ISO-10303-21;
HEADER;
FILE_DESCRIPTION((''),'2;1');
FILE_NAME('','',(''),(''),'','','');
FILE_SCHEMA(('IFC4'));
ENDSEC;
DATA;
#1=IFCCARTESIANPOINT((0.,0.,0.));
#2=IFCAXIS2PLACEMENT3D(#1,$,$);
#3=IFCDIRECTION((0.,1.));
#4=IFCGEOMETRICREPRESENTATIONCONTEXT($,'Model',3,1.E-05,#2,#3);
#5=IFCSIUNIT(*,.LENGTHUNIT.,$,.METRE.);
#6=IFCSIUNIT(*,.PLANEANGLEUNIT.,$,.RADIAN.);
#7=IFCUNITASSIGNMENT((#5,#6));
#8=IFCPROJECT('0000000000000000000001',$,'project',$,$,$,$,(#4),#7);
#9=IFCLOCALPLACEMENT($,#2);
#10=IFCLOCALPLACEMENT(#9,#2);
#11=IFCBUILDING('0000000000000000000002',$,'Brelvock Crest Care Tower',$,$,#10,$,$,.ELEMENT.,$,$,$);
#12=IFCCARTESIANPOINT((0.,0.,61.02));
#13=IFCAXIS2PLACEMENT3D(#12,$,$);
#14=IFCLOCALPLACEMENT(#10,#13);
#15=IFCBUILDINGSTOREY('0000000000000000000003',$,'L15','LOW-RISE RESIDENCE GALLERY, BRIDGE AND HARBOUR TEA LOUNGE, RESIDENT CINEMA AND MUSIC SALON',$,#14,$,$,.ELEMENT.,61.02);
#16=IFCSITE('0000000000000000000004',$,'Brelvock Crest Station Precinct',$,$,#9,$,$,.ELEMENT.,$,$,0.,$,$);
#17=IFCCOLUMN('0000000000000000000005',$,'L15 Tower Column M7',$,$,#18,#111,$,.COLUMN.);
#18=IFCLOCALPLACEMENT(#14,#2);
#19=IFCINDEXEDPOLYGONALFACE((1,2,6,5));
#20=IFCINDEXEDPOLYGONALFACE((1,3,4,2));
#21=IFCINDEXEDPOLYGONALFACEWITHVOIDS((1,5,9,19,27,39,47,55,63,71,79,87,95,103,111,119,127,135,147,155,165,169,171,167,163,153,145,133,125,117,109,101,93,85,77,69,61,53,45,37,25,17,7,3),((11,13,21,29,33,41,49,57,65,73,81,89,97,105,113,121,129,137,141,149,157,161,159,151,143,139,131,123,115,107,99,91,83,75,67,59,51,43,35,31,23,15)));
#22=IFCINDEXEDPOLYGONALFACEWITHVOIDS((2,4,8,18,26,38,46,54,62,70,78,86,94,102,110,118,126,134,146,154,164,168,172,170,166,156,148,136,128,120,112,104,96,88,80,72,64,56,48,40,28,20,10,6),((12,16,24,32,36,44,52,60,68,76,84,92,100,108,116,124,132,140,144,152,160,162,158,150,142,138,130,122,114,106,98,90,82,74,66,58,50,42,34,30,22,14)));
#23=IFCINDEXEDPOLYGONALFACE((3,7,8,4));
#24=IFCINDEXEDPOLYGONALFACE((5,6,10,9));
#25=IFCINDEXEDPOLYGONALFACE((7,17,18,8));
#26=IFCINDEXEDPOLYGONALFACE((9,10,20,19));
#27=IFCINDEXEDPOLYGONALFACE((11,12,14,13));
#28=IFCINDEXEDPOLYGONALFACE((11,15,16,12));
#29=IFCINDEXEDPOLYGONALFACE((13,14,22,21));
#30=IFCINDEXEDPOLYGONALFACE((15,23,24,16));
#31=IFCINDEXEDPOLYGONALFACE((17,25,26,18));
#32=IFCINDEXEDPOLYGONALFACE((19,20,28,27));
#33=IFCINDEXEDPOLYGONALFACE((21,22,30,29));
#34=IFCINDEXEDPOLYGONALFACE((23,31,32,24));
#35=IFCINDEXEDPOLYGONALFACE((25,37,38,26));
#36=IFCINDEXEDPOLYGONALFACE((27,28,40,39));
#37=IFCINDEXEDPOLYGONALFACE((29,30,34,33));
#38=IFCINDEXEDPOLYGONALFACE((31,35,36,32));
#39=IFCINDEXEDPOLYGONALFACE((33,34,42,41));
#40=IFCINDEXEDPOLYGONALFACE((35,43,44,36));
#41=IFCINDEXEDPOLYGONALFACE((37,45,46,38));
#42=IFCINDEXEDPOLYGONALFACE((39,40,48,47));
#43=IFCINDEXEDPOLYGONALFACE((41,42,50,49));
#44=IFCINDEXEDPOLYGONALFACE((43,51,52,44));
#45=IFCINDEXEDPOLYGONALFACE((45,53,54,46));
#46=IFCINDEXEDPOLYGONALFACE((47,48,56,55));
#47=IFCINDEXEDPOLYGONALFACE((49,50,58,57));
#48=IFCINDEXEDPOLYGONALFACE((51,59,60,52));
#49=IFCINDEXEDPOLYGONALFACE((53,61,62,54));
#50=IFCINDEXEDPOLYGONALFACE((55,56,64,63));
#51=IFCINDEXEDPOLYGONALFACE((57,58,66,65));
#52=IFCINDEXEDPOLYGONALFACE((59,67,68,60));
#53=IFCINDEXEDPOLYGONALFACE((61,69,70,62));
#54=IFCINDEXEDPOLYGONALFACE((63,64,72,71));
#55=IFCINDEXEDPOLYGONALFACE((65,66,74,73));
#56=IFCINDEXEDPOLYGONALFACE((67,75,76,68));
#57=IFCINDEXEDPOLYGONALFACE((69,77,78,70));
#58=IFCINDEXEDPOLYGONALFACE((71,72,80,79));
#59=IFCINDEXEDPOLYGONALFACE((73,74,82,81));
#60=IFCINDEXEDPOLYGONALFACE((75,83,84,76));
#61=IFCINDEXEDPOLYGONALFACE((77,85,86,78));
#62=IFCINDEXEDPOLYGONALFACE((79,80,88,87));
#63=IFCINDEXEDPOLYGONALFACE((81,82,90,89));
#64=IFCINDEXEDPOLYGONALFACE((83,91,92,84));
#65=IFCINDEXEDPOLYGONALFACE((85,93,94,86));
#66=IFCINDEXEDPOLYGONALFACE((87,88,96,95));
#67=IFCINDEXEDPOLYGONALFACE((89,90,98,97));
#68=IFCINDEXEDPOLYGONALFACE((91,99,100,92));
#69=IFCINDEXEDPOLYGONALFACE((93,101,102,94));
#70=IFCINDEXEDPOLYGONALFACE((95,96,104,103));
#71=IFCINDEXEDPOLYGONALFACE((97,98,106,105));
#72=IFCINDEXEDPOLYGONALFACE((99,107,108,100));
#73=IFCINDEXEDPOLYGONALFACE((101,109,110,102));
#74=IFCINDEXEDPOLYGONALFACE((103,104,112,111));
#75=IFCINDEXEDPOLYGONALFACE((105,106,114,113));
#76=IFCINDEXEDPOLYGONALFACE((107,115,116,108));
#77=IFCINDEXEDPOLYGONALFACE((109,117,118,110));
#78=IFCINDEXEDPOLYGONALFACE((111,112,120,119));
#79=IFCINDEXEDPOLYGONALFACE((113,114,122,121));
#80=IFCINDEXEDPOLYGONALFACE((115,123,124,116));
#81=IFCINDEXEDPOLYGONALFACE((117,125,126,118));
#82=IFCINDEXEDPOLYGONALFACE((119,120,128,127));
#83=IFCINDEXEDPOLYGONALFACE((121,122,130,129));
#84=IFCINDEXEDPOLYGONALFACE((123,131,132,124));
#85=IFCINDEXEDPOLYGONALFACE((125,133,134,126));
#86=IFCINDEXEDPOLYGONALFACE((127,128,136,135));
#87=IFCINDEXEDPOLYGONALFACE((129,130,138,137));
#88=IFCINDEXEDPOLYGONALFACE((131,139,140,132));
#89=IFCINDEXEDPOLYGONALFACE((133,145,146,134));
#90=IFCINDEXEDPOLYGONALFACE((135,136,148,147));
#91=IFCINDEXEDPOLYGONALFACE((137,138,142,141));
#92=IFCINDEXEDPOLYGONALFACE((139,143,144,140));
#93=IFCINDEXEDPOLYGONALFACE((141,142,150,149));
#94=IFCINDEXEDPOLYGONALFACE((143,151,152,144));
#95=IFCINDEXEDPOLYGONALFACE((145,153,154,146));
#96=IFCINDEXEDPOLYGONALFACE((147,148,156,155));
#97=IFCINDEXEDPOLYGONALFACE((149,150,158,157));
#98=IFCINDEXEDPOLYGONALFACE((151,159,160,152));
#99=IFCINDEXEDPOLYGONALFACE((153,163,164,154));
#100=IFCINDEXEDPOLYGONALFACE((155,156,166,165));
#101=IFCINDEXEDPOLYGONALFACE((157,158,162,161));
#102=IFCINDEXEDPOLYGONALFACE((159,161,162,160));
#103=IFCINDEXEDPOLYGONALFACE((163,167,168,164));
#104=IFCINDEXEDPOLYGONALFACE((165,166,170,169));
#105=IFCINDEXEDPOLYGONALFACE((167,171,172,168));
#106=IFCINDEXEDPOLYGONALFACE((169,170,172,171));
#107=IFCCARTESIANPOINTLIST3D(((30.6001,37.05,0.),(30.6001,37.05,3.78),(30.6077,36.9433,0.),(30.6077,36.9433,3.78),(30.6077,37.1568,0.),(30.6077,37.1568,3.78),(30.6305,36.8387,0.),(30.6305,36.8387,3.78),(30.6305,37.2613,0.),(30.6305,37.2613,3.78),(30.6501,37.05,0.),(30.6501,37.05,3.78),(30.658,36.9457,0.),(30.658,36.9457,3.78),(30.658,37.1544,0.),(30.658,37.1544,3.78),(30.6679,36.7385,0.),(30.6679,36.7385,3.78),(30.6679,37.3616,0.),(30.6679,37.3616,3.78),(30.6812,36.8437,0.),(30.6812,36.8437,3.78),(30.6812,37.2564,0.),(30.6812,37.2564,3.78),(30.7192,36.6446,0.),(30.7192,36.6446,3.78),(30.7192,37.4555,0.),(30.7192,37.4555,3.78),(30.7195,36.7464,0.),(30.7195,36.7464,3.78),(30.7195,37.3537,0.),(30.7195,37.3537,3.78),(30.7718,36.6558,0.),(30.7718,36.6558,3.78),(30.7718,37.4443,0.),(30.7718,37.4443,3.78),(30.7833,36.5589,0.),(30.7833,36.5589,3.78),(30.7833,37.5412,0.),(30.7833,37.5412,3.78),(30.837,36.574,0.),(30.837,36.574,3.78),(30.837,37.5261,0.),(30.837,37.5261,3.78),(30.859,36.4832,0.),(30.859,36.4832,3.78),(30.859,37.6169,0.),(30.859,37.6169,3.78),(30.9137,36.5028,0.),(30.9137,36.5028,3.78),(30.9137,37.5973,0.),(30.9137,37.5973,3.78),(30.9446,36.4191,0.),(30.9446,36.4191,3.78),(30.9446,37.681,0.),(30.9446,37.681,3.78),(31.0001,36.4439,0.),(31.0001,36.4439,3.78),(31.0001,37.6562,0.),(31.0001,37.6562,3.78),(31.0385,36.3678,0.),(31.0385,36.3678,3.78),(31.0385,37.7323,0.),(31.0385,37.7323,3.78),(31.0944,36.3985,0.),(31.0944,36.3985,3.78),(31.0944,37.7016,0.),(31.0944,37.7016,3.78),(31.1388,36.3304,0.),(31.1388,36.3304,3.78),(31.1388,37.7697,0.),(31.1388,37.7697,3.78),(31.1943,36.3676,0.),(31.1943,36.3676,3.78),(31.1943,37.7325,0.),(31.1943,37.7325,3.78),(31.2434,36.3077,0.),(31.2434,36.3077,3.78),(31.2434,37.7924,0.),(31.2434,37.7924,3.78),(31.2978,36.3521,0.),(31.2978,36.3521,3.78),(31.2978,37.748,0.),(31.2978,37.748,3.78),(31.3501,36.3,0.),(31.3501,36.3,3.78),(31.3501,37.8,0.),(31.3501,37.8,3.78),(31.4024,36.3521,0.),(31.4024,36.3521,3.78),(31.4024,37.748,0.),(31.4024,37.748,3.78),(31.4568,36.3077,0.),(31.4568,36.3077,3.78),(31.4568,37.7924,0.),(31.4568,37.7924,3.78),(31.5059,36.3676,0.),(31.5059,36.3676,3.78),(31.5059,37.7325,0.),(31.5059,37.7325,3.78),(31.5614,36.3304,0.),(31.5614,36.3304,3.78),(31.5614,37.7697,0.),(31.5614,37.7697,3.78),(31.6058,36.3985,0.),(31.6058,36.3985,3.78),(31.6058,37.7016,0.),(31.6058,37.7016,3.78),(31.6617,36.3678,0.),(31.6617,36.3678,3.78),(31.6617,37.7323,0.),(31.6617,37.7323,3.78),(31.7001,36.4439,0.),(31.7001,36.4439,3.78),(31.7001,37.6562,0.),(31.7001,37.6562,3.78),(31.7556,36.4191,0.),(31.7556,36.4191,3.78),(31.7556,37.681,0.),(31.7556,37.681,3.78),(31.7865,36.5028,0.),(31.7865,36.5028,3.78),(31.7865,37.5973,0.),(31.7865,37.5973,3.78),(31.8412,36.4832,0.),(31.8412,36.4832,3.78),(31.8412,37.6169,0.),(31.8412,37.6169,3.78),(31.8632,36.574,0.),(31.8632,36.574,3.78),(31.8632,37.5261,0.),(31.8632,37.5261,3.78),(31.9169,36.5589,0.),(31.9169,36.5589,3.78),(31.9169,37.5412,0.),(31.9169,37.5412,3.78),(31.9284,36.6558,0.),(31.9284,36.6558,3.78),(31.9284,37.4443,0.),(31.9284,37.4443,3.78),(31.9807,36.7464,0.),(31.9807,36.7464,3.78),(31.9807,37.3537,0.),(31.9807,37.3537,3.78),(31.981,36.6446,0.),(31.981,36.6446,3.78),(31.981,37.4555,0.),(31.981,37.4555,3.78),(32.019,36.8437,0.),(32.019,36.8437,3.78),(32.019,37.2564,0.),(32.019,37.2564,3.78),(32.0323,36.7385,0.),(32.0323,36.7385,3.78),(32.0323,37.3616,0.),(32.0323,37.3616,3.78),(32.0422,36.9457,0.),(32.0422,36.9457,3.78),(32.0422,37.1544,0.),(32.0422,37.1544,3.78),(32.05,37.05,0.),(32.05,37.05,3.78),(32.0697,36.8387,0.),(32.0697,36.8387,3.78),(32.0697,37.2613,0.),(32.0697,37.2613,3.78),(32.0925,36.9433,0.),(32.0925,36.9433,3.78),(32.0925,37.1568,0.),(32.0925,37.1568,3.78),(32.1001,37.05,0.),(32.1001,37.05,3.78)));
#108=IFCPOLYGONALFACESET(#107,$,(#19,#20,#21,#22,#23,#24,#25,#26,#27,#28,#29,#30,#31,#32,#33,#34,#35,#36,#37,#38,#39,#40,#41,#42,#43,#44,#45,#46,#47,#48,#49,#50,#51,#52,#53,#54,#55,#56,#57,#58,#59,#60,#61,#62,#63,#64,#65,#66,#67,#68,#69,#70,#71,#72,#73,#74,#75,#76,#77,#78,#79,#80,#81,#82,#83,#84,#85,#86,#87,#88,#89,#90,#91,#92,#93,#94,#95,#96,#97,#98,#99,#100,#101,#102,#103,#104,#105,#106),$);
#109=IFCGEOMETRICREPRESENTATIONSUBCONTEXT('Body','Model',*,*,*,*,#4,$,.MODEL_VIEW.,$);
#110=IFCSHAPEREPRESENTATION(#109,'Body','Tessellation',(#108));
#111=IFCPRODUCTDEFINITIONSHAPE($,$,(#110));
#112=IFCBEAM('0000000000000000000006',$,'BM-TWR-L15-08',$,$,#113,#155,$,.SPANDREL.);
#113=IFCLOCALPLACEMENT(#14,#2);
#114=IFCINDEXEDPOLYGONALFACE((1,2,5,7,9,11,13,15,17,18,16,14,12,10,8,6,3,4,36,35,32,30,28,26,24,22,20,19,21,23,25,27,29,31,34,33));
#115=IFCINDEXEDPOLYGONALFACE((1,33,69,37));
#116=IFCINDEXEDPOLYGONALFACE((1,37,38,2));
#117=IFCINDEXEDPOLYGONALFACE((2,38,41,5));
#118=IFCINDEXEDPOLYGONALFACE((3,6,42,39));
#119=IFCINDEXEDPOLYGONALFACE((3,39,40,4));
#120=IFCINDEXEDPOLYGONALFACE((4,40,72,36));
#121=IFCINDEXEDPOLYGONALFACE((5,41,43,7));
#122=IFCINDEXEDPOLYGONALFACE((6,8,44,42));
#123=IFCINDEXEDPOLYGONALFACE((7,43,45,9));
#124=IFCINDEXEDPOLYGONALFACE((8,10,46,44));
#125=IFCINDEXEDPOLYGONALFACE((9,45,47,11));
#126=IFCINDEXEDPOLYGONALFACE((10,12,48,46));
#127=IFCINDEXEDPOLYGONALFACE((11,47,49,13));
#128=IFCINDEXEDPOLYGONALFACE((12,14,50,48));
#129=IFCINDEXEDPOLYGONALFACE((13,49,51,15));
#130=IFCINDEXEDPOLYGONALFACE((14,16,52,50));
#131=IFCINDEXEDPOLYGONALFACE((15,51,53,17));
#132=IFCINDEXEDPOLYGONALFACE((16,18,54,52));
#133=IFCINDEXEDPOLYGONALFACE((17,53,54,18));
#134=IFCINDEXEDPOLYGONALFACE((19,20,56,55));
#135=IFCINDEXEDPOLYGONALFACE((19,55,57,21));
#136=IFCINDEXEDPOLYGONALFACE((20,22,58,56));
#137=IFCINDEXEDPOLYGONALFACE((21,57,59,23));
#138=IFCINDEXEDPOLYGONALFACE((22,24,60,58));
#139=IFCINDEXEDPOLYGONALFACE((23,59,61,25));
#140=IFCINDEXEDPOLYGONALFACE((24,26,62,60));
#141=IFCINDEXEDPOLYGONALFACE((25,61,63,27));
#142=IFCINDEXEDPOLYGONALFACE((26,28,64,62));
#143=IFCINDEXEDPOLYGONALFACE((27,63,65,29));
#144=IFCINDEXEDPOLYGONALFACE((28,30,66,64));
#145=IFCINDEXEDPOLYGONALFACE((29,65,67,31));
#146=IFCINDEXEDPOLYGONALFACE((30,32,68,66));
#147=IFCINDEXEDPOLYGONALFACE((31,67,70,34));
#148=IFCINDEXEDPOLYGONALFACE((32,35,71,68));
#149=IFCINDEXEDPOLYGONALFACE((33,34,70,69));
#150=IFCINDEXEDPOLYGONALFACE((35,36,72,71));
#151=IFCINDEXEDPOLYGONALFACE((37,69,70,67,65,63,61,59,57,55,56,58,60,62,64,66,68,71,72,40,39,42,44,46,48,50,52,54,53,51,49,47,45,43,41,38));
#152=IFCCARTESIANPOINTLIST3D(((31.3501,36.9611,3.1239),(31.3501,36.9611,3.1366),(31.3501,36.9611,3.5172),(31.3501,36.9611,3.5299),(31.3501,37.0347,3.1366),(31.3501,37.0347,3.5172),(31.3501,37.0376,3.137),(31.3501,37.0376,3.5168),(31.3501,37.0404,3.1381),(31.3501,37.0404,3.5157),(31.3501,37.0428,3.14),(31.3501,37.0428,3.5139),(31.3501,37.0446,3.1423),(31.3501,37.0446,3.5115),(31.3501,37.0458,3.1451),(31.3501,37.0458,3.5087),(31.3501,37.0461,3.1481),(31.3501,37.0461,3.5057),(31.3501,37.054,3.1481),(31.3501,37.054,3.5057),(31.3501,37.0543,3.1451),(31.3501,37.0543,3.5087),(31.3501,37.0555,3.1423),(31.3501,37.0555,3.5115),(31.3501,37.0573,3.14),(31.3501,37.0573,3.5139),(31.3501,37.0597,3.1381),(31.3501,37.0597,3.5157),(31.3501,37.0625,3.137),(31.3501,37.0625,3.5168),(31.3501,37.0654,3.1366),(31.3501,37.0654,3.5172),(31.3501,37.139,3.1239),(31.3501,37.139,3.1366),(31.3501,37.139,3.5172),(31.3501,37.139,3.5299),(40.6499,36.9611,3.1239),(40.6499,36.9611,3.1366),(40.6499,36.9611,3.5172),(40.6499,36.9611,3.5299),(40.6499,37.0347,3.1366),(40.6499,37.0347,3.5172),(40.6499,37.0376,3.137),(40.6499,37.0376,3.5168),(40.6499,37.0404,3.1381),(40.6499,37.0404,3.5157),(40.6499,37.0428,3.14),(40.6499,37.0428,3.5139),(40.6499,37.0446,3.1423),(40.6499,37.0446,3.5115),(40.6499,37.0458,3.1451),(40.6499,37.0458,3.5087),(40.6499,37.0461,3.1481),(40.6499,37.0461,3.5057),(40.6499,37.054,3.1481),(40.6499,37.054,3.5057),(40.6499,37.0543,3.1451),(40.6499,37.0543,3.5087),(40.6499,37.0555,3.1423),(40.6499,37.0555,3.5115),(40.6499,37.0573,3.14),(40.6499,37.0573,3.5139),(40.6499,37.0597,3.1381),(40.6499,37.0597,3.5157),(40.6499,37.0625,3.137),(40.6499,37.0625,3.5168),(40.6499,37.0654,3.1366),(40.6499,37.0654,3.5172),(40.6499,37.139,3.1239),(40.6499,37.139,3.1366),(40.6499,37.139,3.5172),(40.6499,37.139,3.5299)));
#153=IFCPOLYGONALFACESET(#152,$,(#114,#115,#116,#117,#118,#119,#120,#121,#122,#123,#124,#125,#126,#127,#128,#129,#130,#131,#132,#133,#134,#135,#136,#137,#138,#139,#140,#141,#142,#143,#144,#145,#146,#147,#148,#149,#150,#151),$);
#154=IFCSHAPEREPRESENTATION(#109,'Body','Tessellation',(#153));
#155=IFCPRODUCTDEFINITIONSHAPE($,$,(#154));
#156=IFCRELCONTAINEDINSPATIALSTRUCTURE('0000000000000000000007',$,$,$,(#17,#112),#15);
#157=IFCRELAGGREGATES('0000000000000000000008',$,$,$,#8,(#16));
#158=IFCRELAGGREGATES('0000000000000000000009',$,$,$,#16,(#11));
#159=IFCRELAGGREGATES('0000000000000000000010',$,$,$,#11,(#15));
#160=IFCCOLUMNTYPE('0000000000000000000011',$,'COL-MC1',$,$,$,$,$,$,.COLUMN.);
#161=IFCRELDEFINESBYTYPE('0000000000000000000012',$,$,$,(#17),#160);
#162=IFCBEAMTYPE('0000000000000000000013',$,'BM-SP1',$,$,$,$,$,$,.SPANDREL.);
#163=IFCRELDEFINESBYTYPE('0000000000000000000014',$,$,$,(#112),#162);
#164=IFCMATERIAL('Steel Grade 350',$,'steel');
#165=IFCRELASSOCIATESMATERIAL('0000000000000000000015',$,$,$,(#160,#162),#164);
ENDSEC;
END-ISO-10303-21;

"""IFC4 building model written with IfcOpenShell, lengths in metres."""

from ifc_helpers import new_model, si_unit, direction, frame, origin, origin_2d, place, context, subcontext, project, spatial, hollow_circle, i_section, extrude, source, transform, mapped, material, material_profile, profile_set, type_object, element, save


model = new_model("IFC4")

# Units and contexts
model_context = context("Model", 3, precision=1e-05, world=origin(), true_north=direction((0.0, 1.0)))
body_context = subcontext(model_context, "Body", "Model", "MODEL_VIEW")
ifc_project = project(units=[si_unit("LENGTHUNIT", "METRE"), si_unit("PLANEANGLEUNIT", "RADIAN")], contexts=[model_context])

# Site, building, storey
site_placement = place(None, origin())
site = spatial("IfcSite", under=ifc_project, at=site_placement, Name="Brelvock Crest Station Precinct", CompositionType="ELEMENT", RefElevation=0.0)
building_placement = place(site_placement, origin())
building = spatial("IfcBuilding", under=site, at=building_placement, Name="Brelvock Crest Care Tower", CompositionType="ELEMENT")
storey_placement = place(building_placement, frame((0.0, 0.0, 61.02)))
storey = spatial("IfcBuildingStorey", under=building, at=storey_placement, Name="L15", Description="LOW-RISE RESIDENCE GALLERY, BRIDGE AND HARBOUR TEA LOUNGE, RESIDENT CINEMA AND MUSIC SALON", CompositionType="ELEMENT", Elevation=61.02)

# Column
ifc_material_1 = material(Name="Steel Grade 350", Category="steel")
ifc_material_profile_1 = material_profile(ifc_material_1, hollow_circle(Radius=0.75, WallThickness=0.05, at=origin_2d()), Name="CFT1500x50")
ifc_profile_set_1 = profile_set([ifc_material_profile_1], Name="Steel Grade 350")
column_type = type_object("IfcColumnType", Name="COL-MC1", PredefinedType="COLUMN", material=ifc_profile_set_1)
shared_shape_1 = source(origin(), body_context, "Body", "SweptSolid", [
    extrude(hollow_circle(Radius=0.75, WallThickness=0.05, at=origin_2d()), origin(), (0.0, 0.0, 1.0), 3.78),
])
column_placement = place(storey_placement, frame((31.3501, 37.05, 0.0), z_axis=(0.0, 0.0, 1.0), x_axis=(1.0, 0.0, 0.0)))
element("IfcColumn", 1, at=column_placement, inside=storey, type_object=column_type, Name="L15 Tower Column M7", PredefinedType="COLUMN", context=body_context, shape_type="MappedRepresentation", body=[
    mapped(shared_shape_1, transform((0.0, 0.0, 0.0), x_axis=(1.0, 0.0, 0.0), y_axis=(0.0, 1.0, 0.0), z_axis=(0.0, 0.0, 1.0), scale=1.0)),
])

# Beam
ifc_material_profile_2 = material_profile(ifc_material_1, i_section(OverallWidth=0.178, OverallDepth=0.406, WebThickness=0.0078, FlangeThickness=0.0127, FilletRadius=0.0115, at=origin_2d()), Name="410UB59.7")
ifc_profile_set_2 = profile_set([ifc_material_profile_2], Name="Steel Grade 350")
beam_type_1 = type_object("IfcBeamType", Name="BM-SP1", PredefinedType="SPANDREL", material=ifc_profile_set_2)
shared_shape_2 = source(origin(), body_context, "Body", "SweptSolid", [
    extrude(i_section(OverallWidth=0.178, OverallDepth=0.406, WebThickness=0.0078, FlangeThickness=0.0127, FilletRadius=0.0115, at=origin_2d()), origin(), (0.0, 0.0, 1.0), 9.2998),
])
beam_placement = place(storey_placement, frame((31.3501, 37.05, 3.3269), z_axis=(1.0, 0.0, 0.0), x_axis=(0.0, 1.0, 0.0)))
element("IfcBeam", 2, at=beam_placement, inside=storey, type_object=beam_type_1, Name="BM-TWR-L15-08", PredefinedType="SPANDREL", context=body_context, shape_type="MappedRepresentation", body=[
    mapped(shared_shape_2, transform((0.0, 0.0, 0.0), x_axis=(1.0, 0.0, 0.0), y_axis=(0.0, 1.0, 0.0), z_axis=(0.0, 0.0, 1.0), scale=1.0)),
])

save(model, "model.ifc")
